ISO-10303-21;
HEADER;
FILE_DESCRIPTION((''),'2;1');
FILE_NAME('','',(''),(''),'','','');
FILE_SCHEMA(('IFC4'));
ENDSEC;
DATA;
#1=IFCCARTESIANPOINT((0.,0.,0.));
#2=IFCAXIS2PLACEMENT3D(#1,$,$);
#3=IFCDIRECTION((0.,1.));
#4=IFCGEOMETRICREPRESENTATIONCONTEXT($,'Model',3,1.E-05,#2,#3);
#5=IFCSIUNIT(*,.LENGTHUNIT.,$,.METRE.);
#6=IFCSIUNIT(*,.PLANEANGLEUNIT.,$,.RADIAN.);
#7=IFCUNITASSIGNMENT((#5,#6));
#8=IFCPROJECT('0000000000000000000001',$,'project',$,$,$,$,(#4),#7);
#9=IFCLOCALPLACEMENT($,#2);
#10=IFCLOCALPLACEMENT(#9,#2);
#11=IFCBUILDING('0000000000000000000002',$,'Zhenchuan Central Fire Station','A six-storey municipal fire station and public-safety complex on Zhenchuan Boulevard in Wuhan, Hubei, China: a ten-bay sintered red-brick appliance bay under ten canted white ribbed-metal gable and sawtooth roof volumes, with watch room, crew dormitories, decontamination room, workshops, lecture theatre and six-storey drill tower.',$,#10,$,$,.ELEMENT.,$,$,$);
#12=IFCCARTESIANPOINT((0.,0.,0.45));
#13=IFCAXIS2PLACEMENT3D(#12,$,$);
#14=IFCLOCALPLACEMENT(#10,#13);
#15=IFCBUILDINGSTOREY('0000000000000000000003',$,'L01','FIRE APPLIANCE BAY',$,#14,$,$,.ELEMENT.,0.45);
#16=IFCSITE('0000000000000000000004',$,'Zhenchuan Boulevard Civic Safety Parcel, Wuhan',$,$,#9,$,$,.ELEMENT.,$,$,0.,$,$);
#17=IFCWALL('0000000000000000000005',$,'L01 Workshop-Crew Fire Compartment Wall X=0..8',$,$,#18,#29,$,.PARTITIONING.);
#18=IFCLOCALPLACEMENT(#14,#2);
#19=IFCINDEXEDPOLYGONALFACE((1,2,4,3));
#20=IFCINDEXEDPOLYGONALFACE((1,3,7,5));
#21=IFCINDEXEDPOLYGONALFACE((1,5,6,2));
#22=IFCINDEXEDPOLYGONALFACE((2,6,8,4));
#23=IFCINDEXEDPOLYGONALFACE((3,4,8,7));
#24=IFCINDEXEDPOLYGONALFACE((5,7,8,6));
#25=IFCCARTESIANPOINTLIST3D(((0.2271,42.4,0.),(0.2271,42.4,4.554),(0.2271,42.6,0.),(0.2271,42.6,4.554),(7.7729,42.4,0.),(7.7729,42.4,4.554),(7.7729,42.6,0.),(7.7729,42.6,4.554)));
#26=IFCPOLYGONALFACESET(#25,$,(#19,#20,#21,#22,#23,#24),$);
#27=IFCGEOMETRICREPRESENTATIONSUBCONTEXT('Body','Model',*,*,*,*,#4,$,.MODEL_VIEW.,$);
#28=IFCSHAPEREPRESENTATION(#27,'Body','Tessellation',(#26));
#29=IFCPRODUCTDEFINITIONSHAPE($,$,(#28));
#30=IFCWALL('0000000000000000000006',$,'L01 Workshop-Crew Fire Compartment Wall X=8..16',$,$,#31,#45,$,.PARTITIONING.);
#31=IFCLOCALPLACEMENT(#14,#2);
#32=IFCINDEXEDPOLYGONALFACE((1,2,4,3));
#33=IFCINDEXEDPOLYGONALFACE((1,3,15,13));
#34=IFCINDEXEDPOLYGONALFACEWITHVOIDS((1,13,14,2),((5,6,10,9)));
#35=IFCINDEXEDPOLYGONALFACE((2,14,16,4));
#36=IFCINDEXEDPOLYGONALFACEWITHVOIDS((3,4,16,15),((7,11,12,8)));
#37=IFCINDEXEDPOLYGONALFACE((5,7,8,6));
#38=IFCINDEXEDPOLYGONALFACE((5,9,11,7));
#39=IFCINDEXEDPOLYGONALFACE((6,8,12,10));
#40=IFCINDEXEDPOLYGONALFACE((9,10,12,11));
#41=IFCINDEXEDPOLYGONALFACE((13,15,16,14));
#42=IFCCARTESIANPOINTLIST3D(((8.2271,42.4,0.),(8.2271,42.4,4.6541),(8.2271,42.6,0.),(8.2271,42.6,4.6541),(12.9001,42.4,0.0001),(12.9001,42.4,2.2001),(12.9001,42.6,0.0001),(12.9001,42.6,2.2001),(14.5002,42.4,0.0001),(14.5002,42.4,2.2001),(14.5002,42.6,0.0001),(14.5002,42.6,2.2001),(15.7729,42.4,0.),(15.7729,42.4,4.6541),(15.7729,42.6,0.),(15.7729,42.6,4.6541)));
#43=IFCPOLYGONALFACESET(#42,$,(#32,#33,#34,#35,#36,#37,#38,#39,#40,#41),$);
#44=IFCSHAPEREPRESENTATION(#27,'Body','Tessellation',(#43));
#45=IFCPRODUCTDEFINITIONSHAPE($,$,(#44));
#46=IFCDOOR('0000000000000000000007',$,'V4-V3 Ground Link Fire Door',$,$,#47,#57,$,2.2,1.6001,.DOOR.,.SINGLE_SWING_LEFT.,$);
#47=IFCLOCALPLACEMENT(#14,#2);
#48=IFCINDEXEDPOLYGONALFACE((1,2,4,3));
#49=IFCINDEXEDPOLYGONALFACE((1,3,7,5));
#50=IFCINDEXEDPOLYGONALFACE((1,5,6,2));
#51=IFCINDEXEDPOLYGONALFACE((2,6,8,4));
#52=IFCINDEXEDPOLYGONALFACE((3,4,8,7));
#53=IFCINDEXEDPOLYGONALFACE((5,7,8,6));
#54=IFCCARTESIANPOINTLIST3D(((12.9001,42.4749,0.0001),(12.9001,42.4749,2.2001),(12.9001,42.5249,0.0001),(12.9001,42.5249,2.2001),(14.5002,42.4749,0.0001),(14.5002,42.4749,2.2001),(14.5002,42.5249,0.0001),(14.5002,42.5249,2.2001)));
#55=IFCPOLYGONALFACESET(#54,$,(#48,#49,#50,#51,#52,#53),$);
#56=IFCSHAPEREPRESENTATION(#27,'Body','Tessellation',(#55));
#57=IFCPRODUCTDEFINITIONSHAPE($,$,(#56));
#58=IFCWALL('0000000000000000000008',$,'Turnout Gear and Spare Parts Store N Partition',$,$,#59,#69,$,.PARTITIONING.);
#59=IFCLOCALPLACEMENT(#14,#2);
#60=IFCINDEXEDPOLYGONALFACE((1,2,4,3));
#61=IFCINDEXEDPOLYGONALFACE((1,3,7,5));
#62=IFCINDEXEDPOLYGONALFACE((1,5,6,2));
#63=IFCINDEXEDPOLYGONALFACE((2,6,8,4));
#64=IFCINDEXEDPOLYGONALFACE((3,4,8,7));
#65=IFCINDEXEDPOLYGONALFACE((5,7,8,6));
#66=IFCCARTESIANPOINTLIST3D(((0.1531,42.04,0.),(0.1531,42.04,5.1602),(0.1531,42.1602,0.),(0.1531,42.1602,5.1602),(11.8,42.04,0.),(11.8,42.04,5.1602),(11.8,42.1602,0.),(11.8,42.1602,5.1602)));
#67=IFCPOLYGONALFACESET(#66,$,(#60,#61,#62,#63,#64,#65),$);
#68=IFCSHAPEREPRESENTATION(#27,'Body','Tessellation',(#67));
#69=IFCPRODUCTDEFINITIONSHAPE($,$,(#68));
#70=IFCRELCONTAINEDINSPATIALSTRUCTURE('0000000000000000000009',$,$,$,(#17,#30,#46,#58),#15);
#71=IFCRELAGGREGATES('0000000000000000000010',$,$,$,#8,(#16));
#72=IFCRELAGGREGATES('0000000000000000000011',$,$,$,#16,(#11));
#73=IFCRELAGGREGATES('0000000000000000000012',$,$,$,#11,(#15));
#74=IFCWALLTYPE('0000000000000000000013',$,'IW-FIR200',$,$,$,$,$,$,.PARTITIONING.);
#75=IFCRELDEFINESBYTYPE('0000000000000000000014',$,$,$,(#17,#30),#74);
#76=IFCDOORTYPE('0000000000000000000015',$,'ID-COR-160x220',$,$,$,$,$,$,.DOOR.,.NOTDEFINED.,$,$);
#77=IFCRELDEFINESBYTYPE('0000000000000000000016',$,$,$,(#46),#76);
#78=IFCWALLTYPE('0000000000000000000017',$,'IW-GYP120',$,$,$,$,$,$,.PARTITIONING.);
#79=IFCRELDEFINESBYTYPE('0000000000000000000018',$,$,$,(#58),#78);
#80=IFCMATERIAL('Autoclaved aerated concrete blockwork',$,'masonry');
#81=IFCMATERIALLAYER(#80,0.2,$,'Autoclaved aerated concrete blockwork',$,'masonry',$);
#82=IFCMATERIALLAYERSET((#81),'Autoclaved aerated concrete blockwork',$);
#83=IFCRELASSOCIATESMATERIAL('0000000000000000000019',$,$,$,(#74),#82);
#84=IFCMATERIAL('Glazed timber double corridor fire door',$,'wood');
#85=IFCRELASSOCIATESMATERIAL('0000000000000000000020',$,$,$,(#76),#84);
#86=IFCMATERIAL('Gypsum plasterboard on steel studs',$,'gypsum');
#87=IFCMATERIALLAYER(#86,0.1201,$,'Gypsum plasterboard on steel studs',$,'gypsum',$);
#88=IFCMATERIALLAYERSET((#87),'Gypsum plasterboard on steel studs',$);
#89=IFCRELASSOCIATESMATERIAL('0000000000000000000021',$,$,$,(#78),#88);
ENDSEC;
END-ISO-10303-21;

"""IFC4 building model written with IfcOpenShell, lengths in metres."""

from ifc_helpers import new_model, si_unit, direction, frame, frame_2d, origin, place, context, subcontext, project, spatial, rectangle, extrude, material, layer, layer_set, type_object, element, fill, save


model = new_model("IFC4")

# Units and contexts
model_context = context("Model", 3, precision=1e-05, world=origin(), true_north=direction((0.0, 1.0)))
body_context = subcontext(model_context, "Body", "Model", "MODEL_VIEW")
ifc_project = project(units=[si_unit("LENGTHUNIT", "METRE"), si_unit("PLANEANGLEUNIT", "RADIAN")], contexts=[model_context])

# Site, building, storey
site_placement = place(None, origin())
site = spatial("IfcSite", under=ifc_project, at=site_placement, Name="Zhenchuan Boulevard Civic Safety Parcel, Wuhan", CompositionType="ELEMENT", RefElevation=0.0)
building_placement = place(site_placement, origin())
building = spatial("IfcBuilding", under=site, at=building_placement, Name="Zhenchuan Central Fire Station", Description="A six-storey municipal fire station and public-safety complex on Zhenchuan Boulevard in Wuhan, Hubei, China: a ten-bay sintered red-brick appliance bay under ten canted white ribbed-metal gable and sawtooth roof volumes, with watch room, crew dormitories, decontamination room, workshops, lecture theatre and six-storey drill tower.", CompositionType="ELEMENT")
storey_placement = place(building_placement, frame((0.0, 0.0, 0.45)))
storey = spatial("IfcBuildingStorey", under=building, at=storey_placement, Name="L01", Description="FIRE APPLIANCE BAY", CompositionType="ELEMENT", Elevation=0.45)

# Wall
ifc_material_1 = material(Name="Autoclaved aerated concrete blockwork", Category="masonry")
ifc_layer_1 = layer(ifc_material_1, 0.2, Name="Autoclaved aerated concrete blockwork", Category="masonry")
ifc_layer_set_1 = layer_set([ifc_layer_1], Name="Autoclaved aerated concrete blockwork")
wall_type_1 = type_object("IfcWallType", Name="IW-FIR200", PredefinedType="PARTITIONING", material=ifc_layer_set_1)
wall_1_placement = place(storey_placement, frame((0.2271, 42.5, 0.0), z_axis=(0.0, 0.0, 1.0), x_axis=(1.0, 0.0, 0.0)))
element("IfcWall", 1, at=wall_1_placement, inside=storey, type_object=wall_type_1, Name="L01 Workshop-Crew Fire Compartment Wall X=0..8", PredefinedType="PARTITIONING", context=body_context, shape_type="SweptSolid", body=[
    extrude(rectangle(XDim=7.5459, YDim=0.2, at=frame_2d((3.7729, 0.0))), origin(), (0.0, 0.0, 1.0), 4.554),
])

# Wall, opening, door
wall_2_placement = place(storey_placement, frame((8.2271, 42.5, 0.0), z_axis=(0.0, 0.0, 1.0), x_axis=(1.0, 0.0, 0.0)))
wall_2 = element("IfcWall", 2, at=wall_2_placement, inside=storey, type_object=wall_type_1, Name="L01 Workshop-Crew Fire Compartment Wall X=8..16", PredefinedType="PARTITIONING", context=body_context, shape_type="SweptSolid", body=[
    extrude(rectangle(XDim=7.5459, YDim=0.2, at=frame_2d((3.7729, 0.0))), origin(), (0.0, 0.0, 1.0), 4.6541),
])
opening_placement = place(wall_2_placement, frame((4.6731, 0.0, 0.0)))
opening = element("IfcOpeningElement", 3, at=opening_placement, cuts=wall_2, PredefinedType="OPENING", context=body_context, shape_type="SweptSolid", body=[
    extrude(rectangle(XDim=1.6001, YDim=2.2, at=frame_2d((0.8, 1.1001))), frame((0.0, 0.1099, 0.0), z_axis=(0.0, -1.0, 0.0), x_axis=(1.0, 0.0, 0.0)), (0.0, 0.0, 1.0), 0.22),
])
ifc_material_2 = material(Name="Glazed timber double corridor fire door", Category="wood")
door_type = type_object("IfcDoorType", Name="ID-COR-160x220", OperationType="NOTDEFINED", PredefinedType="DOOR", material=ifc_material_2)
door_placement = place(opening_placement, origin())
door = element("IfcDoor", 4, at=door_placement, inside=storey, type_object=door_type, Name="V4-V3 Ground Link Fire Door", OperationType="SINGLE_SWING_LEFT", OverallHeight=2.2, OverallWidth=1.6001, PredefinedType="DOOR", context=body_context, shape_type="SweptSolid", body=[
    extrude(rectangle(XDim=1.6001, YDim=2.2, at=frame_2d((0.8, 1.1001))), frame((0.0, 0.0249, 0.0), z_axis=(0.0, -1.0, 0.0), x_axis=(1.0, 0.0, 0.0)), (0.0, 0.0, 1.0), 0.05),
])
fill(opening, door)

# Wall
ifc_material_3 = material(Name="Gypsum plasterboard on steel studs", Category="gypsum")
ifc_layer_2 = layer(ifc_material_3, 0.1201, Name="Gypsum plasterboard on steel studs", Category="gypsum")
ifc_layer_set_2 = layer_set([ifc_layer_2], Name="Gypsum plasterboard on steel studs")
wall_type_2 = type_object("IfcWallType", Name="IW-GYP120", PredefinedType="PARTITIONING", material=ifc_layer_set_2)
wall_3_placement = place(storey_placement, frame((0.1531, 42.1001, 0.0), z_axis=(0.0, 0.0, 1.0), x_axis=(1.0, 0.0, 0.0)))
element("IfcWall", 5, at=wall_3_placement, inside=storey, type_object=wall_type_2, Name="Turnout Gear and Spare Parts Store N Partition", PredefinedType="PARTITIONING", context=body_context, shape_type="SweptSolid", body=[
    extrude(rectangle(XDim=11.647, YDim=0.1201, at=frame_2d((5.8235, 0.0))), origin(), (0.0, 0.0, 1.0), 5.1602),
])

save(model, "model.ifc")
